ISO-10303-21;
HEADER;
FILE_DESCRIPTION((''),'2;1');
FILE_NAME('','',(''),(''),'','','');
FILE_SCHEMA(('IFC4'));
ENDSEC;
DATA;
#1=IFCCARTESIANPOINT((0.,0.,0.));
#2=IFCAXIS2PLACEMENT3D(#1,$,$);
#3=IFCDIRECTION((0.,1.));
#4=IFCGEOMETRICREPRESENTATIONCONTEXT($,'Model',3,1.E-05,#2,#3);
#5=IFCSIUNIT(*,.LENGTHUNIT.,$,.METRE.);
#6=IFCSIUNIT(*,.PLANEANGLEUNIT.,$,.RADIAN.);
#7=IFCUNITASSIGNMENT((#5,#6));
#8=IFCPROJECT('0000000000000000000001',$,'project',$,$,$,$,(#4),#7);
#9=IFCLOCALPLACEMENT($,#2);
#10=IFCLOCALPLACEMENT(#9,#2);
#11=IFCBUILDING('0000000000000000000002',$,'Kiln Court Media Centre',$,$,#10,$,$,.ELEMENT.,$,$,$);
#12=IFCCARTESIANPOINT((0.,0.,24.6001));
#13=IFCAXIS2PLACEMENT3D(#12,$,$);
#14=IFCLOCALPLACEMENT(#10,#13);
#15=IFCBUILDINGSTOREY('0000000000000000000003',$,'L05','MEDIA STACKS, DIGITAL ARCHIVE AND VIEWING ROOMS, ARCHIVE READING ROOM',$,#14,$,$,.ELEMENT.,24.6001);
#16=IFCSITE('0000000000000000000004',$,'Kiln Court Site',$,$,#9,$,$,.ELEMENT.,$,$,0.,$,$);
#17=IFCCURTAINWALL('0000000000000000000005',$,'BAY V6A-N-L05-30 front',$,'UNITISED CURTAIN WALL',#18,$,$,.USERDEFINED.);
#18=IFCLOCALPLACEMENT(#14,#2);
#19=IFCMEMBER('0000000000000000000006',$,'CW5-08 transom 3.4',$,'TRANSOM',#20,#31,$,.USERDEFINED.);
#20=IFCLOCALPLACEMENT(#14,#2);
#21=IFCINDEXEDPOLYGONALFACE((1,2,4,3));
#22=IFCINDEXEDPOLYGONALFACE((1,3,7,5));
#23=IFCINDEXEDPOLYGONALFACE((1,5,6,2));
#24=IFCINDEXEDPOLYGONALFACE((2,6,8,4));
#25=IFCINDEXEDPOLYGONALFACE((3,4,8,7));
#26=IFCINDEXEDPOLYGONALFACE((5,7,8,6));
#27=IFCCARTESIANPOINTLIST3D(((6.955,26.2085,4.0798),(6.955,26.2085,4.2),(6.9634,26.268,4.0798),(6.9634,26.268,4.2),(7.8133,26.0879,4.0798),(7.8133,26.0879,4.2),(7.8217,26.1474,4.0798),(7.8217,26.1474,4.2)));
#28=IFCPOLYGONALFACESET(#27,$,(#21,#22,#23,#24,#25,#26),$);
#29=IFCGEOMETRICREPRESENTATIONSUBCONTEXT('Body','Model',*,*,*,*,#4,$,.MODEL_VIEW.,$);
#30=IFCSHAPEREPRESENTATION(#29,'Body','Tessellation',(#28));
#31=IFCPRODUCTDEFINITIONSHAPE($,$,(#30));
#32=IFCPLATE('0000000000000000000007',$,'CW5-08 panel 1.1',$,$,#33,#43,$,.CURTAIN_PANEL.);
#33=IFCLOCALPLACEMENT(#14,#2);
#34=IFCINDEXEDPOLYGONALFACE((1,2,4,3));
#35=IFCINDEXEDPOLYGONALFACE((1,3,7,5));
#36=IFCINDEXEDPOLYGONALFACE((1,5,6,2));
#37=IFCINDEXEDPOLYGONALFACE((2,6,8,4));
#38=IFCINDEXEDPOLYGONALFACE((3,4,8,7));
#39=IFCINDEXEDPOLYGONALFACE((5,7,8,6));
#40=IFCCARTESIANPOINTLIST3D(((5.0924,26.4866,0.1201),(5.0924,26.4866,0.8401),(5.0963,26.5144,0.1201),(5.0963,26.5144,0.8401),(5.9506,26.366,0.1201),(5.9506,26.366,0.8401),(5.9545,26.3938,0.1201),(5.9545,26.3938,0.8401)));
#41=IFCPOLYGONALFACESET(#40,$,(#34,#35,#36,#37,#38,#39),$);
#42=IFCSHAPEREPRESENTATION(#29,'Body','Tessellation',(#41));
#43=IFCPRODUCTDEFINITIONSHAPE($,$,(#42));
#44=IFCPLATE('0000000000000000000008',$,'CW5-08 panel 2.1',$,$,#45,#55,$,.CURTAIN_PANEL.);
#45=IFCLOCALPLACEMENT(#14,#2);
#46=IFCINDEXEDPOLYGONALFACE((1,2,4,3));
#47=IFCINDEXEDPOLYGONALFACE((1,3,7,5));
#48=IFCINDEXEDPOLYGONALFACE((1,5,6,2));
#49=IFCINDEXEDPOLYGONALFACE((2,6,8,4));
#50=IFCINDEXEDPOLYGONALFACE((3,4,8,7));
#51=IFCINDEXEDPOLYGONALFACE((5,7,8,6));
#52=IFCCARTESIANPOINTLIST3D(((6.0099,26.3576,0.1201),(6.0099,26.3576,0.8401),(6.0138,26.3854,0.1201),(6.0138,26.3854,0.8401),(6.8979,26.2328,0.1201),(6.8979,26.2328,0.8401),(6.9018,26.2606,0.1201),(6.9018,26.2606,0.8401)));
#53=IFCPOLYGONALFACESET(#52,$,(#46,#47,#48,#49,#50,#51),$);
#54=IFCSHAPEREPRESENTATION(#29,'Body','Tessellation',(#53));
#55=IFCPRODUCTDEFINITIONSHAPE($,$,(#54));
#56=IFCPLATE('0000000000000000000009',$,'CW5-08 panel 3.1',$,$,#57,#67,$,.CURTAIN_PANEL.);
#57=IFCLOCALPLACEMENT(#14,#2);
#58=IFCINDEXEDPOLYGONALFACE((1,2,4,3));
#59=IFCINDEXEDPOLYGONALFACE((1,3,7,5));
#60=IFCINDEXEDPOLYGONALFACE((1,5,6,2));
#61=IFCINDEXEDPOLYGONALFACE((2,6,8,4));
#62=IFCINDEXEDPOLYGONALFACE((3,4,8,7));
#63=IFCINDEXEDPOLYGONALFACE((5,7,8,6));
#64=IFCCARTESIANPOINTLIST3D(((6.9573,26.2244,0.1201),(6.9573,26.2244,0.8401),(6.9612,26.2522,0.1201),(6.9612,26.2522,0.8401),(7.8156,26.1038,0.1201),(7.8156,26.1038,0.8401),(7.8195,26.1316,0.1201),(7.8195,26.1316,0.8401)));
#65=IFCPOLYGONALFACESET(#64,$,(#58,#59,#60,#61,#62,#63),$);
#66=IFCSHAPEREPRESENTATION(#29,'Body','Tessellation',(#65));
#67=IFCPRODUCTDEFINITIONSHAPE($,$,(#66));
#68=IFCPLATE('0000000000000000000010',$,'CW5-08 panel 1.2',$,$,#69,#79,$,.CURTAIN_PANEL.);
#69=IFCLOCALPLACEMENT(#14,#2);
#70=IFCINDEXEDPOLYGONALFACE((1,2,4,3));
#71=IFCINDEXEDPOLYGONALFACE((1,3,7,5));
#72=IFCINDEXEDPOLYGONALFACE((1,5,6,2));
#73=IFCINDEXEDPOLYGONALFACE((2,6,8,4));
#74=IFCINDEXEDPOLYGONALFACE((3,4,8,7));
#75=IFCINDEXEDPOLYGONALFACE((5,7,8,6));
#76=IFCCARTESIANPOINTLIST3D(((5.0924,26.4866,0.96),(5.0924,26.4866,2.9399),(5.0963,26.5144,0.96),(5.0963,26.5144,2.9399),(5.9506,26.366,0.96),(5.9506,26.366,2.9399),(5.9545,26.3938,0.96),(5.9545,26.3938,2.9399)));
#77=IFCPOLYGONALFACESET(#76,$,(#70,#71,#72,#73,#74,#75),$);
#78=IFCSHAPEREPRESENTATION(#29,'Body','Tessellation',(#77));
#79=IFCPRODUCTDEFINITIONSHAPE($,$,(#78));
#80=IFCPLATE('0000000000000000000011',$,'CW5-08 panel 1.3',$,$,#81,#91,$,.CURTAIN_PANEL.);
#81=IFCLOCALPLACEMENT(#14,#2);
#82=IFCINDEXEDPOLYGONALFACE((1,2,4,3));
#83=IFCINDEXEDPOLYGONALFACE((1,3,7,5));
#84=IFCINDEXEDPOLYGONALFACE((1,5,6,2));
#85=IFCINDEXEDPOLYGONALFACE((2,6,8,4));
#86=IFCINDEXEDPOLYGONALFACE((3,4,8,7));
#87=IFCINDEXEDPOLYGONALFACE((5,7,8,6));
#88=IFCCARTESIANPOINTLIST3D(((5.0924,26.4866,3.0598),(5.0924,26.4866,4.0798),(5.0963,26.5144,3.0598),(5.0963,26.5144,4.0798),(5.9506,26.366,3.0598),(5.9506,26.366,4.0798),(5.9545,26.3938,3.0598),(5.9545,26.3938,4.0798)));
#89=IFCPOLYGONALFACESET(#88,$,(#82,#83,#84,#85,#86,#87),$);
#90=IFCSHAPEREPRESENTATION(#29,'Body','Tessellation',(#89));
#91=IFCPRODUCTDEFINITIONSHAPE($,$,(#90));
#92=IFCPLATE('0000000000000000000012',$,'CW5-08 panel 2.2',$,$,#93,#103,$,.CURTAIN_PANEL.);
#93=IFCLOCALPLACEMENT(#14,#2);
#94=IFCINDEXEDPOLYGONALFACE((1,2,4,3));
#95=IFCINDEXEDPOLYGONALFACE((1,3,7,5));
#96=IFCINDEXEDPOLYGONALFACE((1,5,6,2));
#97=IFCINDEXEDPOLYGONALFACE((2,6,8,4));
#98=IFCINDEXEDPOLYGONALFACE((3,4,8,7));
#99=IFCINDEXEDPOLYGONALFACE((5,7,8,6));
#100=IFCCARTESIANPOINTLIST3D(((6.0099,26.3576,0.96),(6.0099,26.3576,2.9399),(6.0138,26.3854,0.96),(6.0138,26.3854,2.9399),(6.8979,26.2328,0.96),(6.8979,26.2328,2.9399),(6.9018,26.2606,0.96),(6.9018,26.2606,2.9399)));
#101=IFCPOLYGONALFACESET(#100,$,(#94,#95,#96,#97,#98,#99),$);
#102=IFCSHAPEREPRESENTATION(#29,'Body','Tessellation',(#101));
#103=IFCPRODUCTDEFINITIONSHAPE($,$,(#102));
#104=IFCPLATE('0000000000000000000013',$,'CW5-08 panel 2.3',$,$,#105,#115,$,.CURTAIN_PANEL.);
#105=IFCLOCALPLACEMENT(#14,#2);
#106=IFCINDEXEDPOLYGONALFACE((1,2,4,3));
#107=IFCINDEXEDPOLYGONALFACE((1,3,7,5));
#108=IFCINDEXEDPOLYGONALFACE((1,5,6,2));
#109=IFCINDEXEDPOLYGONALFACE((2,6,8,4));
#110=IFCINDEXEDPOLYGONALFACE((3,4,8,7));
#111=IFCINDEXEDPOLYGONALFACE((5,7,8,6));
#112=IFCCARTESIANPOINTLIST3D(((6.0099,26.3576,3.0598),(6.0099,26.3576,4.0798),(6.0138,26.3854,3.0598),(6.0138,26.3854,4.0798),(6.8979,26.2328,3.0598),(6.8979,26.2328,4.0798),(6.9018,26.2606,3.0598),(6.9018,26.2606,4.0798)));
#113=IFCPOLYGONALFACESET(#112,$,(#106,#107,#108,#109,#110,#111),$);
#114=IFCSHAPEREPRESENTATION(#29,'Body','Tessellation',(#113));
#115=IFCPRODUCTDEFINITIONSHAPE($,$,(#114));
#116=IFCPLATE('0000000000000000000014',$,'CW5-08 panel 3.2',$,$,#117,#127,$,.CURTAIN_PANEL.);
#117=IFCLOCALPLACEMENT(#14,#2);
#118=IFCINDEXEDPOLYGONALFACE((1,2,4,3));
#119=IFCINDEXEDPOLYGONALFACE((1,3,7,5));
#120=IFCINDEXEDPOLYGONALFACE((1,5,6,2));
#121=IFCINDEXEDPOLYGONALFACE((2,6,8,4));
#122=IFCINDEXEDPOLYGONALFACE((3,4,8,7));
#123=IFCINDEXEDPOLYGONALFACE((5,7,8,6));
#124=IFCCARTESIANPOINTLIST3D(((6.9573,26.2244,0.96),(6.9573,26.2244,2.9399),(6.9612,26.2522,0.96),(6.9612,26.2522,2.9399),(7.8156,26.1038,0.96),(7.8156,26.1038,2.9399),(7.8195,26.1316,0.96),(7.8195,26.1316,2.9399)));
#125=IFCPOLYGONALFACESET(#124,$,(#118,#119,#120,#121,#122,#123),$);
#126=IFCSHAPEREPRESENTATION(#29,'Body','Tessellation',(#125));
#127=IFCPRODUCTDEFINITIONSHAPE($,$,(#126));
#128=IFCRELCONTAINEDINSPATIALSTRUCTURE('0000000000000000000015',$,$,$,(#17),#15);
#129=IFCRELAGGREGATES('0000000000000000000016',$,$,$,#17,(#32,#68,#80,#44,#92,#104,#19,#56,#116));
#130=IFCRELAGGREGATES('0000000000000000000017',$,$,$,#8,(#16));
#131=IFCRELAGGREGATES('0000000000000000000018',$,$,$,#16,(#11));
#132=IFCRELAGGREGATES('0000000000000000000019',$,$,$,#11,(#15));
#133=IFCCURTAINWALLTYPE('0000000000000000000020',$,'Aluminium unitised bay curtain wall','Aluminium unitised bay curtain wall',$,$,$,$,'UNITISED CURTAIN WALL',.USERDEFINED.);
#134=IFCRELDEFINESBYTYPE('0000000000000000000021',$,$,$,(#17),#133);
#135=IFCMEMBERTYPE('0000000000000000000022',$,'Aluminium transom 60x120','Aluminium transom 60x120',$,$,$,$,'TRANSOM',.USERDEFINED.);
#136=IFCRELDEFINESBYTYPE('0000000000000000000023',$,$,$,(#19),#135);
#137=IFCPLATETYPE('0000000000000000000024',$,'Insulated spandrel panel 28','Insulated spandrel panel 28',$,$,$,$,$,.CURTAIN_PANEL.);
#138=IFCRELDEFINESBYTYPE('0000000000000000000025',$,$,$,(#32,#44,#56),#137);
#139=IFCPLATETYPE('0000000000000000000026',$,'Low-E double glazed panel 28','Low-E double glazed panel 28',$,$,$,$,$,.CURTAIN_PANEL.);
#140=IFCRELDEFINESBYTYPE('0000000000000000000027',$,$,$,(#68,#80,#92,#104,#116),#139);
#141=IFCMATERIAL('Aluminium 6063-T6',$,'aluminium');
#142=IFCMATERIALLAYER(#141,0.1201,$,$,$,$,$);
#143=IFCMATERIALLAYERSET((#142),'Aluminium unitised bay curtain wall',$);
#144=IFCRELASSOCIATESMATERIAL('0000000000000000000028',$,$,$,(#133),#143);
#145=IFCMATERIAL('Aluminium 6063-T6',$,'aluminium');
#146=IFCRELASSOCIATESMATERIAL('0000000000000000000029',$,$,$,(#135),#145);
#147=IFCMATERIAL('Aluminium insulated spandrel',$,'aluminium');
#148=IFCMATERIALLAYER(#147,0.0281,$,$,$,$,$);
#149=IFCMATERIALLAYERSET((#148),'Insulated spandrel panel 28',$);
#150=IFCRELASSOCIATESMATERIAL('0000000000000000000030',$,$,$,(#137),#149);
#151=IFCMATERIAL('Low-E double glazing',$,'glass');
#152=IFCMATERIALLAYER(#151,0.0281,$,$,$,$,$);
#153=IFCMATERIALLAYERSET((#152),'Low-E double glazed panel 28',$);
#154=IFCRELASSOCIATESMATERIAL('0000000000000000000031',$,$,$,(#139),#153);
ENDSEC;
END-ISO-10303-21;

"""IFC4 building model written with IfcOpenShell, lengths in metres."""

from ifc_helpers import new_model, si_unit, direction, frame, origin, origin_2d, place, context, subcontext, project, spatial, rectangle, extrude, material, layer, layer_set, material_profile, profile_set, type_object, element, aggregate, save


model = new_model("IFC4")

# Units and contexts
model_context = context("Model", 3, precision=1e-05, world=origin(), true_north=direction((0.0, 1.0)))
body_context = subcontext(model_context, "Body", "Model", "MODEL_VIEW")
ifc_project = project(units=[si_unit("LENGTHUNIT", "METRE"), si_unit("PLANEANGLEUNIT", "RADIAN")], contexts=[model_context])

# Site, building, storey
site_placement = place(None, origin())
site = spatial("IfcSite", under=ifc_project, at=site_placement, Name="Kiln Court Site", CompositionType="ELEMENT", RefElevation=0.0)
building_placement = place(site_placement, origin())
building = spatial("IfcBuilding", under=site, at=building_placement, Name="Kiln Court Media Centre", CompositionType="ELEMENT")
storey_placement = place(building_placement, frame((0.0, 0.0, 24.6001)))
storey = spatial("IfcBuildingStorey", under=building, at=storey_placement, Name="L05", Description="MEDIA STACKS, DIGITAL ARCHIVE AND VIEWING ROOMS, ARCHIVE READING ROOM", CompositionType="ELEMENT", Elevation=24.6001)

# Curtain wall, member, plates
ifc_material_1 = material(Name="Aluminium 6063-T6", Category="aluminium")
ifc_layer_1 = layer(ifc_material_1, 0.1201)
ifc_layer_set_1 = layer_set([ifc_layer_1], Name="Aluminium unitised bay curtain wall")
curtain_wall_type = type_object("IfcCurtainWallType", Name="Aluminium unitised bay curtain wall", Description="Aluminium unitised bay curtain wall", ElementType="UNITISED CURTAIN WALL", PredefinedType="USERDEFINED", material=ifc_layer_set_1)
curtain_wall_placement = place(storey_placement, origin())
curtain_wall = element("IfcCurtainWall", 1, at=curtain_wall_placement, inside=storey, type_object=curtain_wall_type, Name="BAY V6A-N-L05-30 front", ObjectType="UNITISED CURTAIN WALL", PredefinedType="USERDEFINED")
ifc_material_2 = material(Name="Aluminium 6063-T6", Category="aluminium")
ifc_material_profile_1 = material_profile(ifc_material_2, rectangle(XDim=0.0601, YDim=0.1201, at=origin_2d()), Name="Aluminium transom 60x120")
ifc_profile_set_1 = profile_set([ifc_material_profile_1], Name="Aluminium 6063-T6")
member_type_1 = type_object("IfcMemberType", Name="Aluminium transom 60x120", Description="Aluminium transom 60x120", ElementType="TRANSOM", PredefinedType="USERDEFINED", material=ifc_profile_set_1)
member_1_placement = place(storey_placement, frame((6.9592, 26.2383, 4.1399), z_axis=(0.990268, -0.139173, 0.0), x_axis=(0.139173, 0.990268, 0.0)))
member_1 = element("IfcMember", 2, at=member_1_placement, type_object=member_type_1, Name="CW5-08 transom 3.4", ObjectType="TRANSOM", PredefinedType="USERDEFINED", context=body_context, shape_type="SweptSolid", body=[
    extrude(rectangle(XDim=0.0601, YDim=0.1201, at=origin_2d()), origin(), (0.0, 0.0, 1.0), 0.8667),
])
ifc_material_3 = material(Name="Aluminium insulated spandrel", Category="aluminium")
ifc_layer_2 = layer(ifc_material_3, 0.0281)
ifc_layer_set_2 = layer_set([ifc_layer_2], Name="Insulated spandrel panel 28")
plate_type_1 = type_object("IfcPlateType", Name="Insulated spandrel panel 28", Description="Insulated spandrel panel 28", PredefinedType="CURTAIN_PANEL", material=ifc_layer_set_2)
plate_1_placement = place(storey_placement, frame((5.5234, 26.4402, 0.1201), z_axis=(0.0, 0.0, 1.0), x_axis=(0.99027, -0.139162, 0.0)))
plate_1 = element("IfcPlate", 3, at=plate_1_placement, type_object=plate_type_1, Name="CW5-08 panel 1.1", PredefinedType="CURTAIN_PANEL", context=body_context, shape_type="SweptSolid", body=[
    extrude(rectangle(XDim=0.8667, YDim=0.0281, at=origin_2d()), origin(), (0.0, 0.0, 1.0), 0.72),
])
plate_2_placement = place(storey_placement, frame((6.4558, 26.3091, 0.1201), z_axis=(0.0, 0.0, 1.0), x_axis=(0.99027, -0.139162, 0.0)))
plate_2 = element("IfcPlate", 4, at=plate_2_placement, type_object=plate_type_1, Name="CW5-08 panel 2.1", PredefinedType="CURTAIN_PANEL", context=body_context, shape_type="SweptSolid", body=[
    extrude(rectangle(XDim=0.8967, YDim=0.0281, at=origin_2d()), origin(), (0.0, 0.0, 1.0), 0.72),
])
plate_3_placement = place(storey_placement, frame((7.3884, 26.178, 0.1201), z_axis=(0.0, 0.0, 1.0), x_axis=(0.99027, -0.139162, 0.0)))
plate_3 = element("IfcPlate", 5, at=plate_3_placement, type_object=plate_type_1, Name="CW5-08 panel 3.1", PredefinedType="CURTAIN_PANEL", context=body_context, shape_type="SweptSolid", body=[
    extrude(rectangle(XDim=0.8667, YDim=0.0281, at=origin_2d()), origin(), (0.0, 0.0, 1.0), 0.72),
])
ifc_material_4 = material(Name="Low-E double glazing", Category="glass")
ifc_layer_3 = layer(ifc_material_4, 0.0281)
ifc_layer_set_3 = layer_set([ifc_layer_3], Name="Low-E double glazed panel 28")
plate_type_2 = type_object("IfcPlateType", Name="Low-E double glazed panel 28", Description="Low-E double glazed panel 28", PredefinedType="CURTAIN_PANEL", material=ifc_layer_set_3)
plate_4_placement = place(storey_placement, frame((5.5234, 26.4402, 0.96), z_axis=(0.0, 0.0, 1.0), x_axis=(0.99027, -0.139162, 0.0)))
plate_4 = element("IfcPlate", 6, at=plate_4_placement, type_object=plate_type_2, Name="CW5-08 panel 1.2", PredefinedType="CURTAIN_PANEL", context=body_context, shape_type="SweptSolid", body=[
    extrude(rectangle(XDim=0.8667, YDim=0.0281, at=origin_2d()), origin(), (0.0, 0.0, 1.0), 1.98),
])
plate_5_placement = place(storey_placement, frame((5.5234, 26.4402, 3.0598), z_axis=(0.0, 0.0, 1.0), x_axis=(0.99027, -0.139162, 0.0)))
plate_5 = element("IfcPlate", 7, at=plate_5_placement, type_object=plate_type_2, Name="CW5-08 panel 1.3", PredefinedType="CURTAIN_PANEL", context=body_context, shape_type="SweptSolid", body=[
    extrude(rectangle(XDim=0.8667, YDim=0.0281, at=origin_2d()), origin(), (0.0, 0.0, 1.0), 1.02),
])
plate_6_placement = place(storey_placement, frame((6.4558, 26.3091, 0.96), z_axis=(0.0, 0.0, 1.0), x_axis=(0.99027, -0.139162, 0.0)))
plate_6 = element("IfcPlate", 8, at=plate_6_placement, type_object=plate_type_2, Name="CW5-08 panel 2.2", PredefinedType="CURTAIN_PANEL", context=body_context, shape_type="SweptSolid", body=[
    extrude(rectangle(XDim=0.8967, YDim=0.0281, at=origin_2d()), origin(), (0.0, 0.0, 1.0), 1.98),
])
plate_7_placement = place(storey_placement, frame((6.4558, 26.3091, 3.0598), z_axis=(0.0, 0.0, 1.0), x_axis=(0.99027, -0.139162, 0.0)))
plate_7 = element("IfcPlate", 9, at=plate_7_placement, type_object=plate_type_2, Name="CW5-08 panel 2.3", PredefinedType="CURTAIN_PANEL", context=body_context, shape_type="SweptSolid", body=[
    extrude(rectangle(XDim=0.8967, YDim=0.0281, at=origin_2d()), origin(), (0.0, 0.0, 1.0), 1.02),
])
plate_8_placement = place(storey_placement, frame((7.3884, 26.178, 0.96), z_axis=(0.0, 0.0, 1.0), x_axis=(0.99027, -0.139162, 0.0)))
plate_8 = element("IfcPlate", 10, at=plate_8_placement, type_object=plate_type_2, Name="CW5-08 panel 3.2", PredefinedType="CURTAIN_PANEL", context=body_context, shape_type="SweptSolid", body=[
    extrude(rectangle(XDim=0.8667, YDim=0.0281, at=origin_2d()), origin(), (0.0, 0.0, 1.0), 1.98),
])
aggregate(curtain_wall, [plate_1, plate_4, plate_5, plate_2, plate_6, plate_7, member_1, plate_3, plate_8])

save(model, "model.ifc")
